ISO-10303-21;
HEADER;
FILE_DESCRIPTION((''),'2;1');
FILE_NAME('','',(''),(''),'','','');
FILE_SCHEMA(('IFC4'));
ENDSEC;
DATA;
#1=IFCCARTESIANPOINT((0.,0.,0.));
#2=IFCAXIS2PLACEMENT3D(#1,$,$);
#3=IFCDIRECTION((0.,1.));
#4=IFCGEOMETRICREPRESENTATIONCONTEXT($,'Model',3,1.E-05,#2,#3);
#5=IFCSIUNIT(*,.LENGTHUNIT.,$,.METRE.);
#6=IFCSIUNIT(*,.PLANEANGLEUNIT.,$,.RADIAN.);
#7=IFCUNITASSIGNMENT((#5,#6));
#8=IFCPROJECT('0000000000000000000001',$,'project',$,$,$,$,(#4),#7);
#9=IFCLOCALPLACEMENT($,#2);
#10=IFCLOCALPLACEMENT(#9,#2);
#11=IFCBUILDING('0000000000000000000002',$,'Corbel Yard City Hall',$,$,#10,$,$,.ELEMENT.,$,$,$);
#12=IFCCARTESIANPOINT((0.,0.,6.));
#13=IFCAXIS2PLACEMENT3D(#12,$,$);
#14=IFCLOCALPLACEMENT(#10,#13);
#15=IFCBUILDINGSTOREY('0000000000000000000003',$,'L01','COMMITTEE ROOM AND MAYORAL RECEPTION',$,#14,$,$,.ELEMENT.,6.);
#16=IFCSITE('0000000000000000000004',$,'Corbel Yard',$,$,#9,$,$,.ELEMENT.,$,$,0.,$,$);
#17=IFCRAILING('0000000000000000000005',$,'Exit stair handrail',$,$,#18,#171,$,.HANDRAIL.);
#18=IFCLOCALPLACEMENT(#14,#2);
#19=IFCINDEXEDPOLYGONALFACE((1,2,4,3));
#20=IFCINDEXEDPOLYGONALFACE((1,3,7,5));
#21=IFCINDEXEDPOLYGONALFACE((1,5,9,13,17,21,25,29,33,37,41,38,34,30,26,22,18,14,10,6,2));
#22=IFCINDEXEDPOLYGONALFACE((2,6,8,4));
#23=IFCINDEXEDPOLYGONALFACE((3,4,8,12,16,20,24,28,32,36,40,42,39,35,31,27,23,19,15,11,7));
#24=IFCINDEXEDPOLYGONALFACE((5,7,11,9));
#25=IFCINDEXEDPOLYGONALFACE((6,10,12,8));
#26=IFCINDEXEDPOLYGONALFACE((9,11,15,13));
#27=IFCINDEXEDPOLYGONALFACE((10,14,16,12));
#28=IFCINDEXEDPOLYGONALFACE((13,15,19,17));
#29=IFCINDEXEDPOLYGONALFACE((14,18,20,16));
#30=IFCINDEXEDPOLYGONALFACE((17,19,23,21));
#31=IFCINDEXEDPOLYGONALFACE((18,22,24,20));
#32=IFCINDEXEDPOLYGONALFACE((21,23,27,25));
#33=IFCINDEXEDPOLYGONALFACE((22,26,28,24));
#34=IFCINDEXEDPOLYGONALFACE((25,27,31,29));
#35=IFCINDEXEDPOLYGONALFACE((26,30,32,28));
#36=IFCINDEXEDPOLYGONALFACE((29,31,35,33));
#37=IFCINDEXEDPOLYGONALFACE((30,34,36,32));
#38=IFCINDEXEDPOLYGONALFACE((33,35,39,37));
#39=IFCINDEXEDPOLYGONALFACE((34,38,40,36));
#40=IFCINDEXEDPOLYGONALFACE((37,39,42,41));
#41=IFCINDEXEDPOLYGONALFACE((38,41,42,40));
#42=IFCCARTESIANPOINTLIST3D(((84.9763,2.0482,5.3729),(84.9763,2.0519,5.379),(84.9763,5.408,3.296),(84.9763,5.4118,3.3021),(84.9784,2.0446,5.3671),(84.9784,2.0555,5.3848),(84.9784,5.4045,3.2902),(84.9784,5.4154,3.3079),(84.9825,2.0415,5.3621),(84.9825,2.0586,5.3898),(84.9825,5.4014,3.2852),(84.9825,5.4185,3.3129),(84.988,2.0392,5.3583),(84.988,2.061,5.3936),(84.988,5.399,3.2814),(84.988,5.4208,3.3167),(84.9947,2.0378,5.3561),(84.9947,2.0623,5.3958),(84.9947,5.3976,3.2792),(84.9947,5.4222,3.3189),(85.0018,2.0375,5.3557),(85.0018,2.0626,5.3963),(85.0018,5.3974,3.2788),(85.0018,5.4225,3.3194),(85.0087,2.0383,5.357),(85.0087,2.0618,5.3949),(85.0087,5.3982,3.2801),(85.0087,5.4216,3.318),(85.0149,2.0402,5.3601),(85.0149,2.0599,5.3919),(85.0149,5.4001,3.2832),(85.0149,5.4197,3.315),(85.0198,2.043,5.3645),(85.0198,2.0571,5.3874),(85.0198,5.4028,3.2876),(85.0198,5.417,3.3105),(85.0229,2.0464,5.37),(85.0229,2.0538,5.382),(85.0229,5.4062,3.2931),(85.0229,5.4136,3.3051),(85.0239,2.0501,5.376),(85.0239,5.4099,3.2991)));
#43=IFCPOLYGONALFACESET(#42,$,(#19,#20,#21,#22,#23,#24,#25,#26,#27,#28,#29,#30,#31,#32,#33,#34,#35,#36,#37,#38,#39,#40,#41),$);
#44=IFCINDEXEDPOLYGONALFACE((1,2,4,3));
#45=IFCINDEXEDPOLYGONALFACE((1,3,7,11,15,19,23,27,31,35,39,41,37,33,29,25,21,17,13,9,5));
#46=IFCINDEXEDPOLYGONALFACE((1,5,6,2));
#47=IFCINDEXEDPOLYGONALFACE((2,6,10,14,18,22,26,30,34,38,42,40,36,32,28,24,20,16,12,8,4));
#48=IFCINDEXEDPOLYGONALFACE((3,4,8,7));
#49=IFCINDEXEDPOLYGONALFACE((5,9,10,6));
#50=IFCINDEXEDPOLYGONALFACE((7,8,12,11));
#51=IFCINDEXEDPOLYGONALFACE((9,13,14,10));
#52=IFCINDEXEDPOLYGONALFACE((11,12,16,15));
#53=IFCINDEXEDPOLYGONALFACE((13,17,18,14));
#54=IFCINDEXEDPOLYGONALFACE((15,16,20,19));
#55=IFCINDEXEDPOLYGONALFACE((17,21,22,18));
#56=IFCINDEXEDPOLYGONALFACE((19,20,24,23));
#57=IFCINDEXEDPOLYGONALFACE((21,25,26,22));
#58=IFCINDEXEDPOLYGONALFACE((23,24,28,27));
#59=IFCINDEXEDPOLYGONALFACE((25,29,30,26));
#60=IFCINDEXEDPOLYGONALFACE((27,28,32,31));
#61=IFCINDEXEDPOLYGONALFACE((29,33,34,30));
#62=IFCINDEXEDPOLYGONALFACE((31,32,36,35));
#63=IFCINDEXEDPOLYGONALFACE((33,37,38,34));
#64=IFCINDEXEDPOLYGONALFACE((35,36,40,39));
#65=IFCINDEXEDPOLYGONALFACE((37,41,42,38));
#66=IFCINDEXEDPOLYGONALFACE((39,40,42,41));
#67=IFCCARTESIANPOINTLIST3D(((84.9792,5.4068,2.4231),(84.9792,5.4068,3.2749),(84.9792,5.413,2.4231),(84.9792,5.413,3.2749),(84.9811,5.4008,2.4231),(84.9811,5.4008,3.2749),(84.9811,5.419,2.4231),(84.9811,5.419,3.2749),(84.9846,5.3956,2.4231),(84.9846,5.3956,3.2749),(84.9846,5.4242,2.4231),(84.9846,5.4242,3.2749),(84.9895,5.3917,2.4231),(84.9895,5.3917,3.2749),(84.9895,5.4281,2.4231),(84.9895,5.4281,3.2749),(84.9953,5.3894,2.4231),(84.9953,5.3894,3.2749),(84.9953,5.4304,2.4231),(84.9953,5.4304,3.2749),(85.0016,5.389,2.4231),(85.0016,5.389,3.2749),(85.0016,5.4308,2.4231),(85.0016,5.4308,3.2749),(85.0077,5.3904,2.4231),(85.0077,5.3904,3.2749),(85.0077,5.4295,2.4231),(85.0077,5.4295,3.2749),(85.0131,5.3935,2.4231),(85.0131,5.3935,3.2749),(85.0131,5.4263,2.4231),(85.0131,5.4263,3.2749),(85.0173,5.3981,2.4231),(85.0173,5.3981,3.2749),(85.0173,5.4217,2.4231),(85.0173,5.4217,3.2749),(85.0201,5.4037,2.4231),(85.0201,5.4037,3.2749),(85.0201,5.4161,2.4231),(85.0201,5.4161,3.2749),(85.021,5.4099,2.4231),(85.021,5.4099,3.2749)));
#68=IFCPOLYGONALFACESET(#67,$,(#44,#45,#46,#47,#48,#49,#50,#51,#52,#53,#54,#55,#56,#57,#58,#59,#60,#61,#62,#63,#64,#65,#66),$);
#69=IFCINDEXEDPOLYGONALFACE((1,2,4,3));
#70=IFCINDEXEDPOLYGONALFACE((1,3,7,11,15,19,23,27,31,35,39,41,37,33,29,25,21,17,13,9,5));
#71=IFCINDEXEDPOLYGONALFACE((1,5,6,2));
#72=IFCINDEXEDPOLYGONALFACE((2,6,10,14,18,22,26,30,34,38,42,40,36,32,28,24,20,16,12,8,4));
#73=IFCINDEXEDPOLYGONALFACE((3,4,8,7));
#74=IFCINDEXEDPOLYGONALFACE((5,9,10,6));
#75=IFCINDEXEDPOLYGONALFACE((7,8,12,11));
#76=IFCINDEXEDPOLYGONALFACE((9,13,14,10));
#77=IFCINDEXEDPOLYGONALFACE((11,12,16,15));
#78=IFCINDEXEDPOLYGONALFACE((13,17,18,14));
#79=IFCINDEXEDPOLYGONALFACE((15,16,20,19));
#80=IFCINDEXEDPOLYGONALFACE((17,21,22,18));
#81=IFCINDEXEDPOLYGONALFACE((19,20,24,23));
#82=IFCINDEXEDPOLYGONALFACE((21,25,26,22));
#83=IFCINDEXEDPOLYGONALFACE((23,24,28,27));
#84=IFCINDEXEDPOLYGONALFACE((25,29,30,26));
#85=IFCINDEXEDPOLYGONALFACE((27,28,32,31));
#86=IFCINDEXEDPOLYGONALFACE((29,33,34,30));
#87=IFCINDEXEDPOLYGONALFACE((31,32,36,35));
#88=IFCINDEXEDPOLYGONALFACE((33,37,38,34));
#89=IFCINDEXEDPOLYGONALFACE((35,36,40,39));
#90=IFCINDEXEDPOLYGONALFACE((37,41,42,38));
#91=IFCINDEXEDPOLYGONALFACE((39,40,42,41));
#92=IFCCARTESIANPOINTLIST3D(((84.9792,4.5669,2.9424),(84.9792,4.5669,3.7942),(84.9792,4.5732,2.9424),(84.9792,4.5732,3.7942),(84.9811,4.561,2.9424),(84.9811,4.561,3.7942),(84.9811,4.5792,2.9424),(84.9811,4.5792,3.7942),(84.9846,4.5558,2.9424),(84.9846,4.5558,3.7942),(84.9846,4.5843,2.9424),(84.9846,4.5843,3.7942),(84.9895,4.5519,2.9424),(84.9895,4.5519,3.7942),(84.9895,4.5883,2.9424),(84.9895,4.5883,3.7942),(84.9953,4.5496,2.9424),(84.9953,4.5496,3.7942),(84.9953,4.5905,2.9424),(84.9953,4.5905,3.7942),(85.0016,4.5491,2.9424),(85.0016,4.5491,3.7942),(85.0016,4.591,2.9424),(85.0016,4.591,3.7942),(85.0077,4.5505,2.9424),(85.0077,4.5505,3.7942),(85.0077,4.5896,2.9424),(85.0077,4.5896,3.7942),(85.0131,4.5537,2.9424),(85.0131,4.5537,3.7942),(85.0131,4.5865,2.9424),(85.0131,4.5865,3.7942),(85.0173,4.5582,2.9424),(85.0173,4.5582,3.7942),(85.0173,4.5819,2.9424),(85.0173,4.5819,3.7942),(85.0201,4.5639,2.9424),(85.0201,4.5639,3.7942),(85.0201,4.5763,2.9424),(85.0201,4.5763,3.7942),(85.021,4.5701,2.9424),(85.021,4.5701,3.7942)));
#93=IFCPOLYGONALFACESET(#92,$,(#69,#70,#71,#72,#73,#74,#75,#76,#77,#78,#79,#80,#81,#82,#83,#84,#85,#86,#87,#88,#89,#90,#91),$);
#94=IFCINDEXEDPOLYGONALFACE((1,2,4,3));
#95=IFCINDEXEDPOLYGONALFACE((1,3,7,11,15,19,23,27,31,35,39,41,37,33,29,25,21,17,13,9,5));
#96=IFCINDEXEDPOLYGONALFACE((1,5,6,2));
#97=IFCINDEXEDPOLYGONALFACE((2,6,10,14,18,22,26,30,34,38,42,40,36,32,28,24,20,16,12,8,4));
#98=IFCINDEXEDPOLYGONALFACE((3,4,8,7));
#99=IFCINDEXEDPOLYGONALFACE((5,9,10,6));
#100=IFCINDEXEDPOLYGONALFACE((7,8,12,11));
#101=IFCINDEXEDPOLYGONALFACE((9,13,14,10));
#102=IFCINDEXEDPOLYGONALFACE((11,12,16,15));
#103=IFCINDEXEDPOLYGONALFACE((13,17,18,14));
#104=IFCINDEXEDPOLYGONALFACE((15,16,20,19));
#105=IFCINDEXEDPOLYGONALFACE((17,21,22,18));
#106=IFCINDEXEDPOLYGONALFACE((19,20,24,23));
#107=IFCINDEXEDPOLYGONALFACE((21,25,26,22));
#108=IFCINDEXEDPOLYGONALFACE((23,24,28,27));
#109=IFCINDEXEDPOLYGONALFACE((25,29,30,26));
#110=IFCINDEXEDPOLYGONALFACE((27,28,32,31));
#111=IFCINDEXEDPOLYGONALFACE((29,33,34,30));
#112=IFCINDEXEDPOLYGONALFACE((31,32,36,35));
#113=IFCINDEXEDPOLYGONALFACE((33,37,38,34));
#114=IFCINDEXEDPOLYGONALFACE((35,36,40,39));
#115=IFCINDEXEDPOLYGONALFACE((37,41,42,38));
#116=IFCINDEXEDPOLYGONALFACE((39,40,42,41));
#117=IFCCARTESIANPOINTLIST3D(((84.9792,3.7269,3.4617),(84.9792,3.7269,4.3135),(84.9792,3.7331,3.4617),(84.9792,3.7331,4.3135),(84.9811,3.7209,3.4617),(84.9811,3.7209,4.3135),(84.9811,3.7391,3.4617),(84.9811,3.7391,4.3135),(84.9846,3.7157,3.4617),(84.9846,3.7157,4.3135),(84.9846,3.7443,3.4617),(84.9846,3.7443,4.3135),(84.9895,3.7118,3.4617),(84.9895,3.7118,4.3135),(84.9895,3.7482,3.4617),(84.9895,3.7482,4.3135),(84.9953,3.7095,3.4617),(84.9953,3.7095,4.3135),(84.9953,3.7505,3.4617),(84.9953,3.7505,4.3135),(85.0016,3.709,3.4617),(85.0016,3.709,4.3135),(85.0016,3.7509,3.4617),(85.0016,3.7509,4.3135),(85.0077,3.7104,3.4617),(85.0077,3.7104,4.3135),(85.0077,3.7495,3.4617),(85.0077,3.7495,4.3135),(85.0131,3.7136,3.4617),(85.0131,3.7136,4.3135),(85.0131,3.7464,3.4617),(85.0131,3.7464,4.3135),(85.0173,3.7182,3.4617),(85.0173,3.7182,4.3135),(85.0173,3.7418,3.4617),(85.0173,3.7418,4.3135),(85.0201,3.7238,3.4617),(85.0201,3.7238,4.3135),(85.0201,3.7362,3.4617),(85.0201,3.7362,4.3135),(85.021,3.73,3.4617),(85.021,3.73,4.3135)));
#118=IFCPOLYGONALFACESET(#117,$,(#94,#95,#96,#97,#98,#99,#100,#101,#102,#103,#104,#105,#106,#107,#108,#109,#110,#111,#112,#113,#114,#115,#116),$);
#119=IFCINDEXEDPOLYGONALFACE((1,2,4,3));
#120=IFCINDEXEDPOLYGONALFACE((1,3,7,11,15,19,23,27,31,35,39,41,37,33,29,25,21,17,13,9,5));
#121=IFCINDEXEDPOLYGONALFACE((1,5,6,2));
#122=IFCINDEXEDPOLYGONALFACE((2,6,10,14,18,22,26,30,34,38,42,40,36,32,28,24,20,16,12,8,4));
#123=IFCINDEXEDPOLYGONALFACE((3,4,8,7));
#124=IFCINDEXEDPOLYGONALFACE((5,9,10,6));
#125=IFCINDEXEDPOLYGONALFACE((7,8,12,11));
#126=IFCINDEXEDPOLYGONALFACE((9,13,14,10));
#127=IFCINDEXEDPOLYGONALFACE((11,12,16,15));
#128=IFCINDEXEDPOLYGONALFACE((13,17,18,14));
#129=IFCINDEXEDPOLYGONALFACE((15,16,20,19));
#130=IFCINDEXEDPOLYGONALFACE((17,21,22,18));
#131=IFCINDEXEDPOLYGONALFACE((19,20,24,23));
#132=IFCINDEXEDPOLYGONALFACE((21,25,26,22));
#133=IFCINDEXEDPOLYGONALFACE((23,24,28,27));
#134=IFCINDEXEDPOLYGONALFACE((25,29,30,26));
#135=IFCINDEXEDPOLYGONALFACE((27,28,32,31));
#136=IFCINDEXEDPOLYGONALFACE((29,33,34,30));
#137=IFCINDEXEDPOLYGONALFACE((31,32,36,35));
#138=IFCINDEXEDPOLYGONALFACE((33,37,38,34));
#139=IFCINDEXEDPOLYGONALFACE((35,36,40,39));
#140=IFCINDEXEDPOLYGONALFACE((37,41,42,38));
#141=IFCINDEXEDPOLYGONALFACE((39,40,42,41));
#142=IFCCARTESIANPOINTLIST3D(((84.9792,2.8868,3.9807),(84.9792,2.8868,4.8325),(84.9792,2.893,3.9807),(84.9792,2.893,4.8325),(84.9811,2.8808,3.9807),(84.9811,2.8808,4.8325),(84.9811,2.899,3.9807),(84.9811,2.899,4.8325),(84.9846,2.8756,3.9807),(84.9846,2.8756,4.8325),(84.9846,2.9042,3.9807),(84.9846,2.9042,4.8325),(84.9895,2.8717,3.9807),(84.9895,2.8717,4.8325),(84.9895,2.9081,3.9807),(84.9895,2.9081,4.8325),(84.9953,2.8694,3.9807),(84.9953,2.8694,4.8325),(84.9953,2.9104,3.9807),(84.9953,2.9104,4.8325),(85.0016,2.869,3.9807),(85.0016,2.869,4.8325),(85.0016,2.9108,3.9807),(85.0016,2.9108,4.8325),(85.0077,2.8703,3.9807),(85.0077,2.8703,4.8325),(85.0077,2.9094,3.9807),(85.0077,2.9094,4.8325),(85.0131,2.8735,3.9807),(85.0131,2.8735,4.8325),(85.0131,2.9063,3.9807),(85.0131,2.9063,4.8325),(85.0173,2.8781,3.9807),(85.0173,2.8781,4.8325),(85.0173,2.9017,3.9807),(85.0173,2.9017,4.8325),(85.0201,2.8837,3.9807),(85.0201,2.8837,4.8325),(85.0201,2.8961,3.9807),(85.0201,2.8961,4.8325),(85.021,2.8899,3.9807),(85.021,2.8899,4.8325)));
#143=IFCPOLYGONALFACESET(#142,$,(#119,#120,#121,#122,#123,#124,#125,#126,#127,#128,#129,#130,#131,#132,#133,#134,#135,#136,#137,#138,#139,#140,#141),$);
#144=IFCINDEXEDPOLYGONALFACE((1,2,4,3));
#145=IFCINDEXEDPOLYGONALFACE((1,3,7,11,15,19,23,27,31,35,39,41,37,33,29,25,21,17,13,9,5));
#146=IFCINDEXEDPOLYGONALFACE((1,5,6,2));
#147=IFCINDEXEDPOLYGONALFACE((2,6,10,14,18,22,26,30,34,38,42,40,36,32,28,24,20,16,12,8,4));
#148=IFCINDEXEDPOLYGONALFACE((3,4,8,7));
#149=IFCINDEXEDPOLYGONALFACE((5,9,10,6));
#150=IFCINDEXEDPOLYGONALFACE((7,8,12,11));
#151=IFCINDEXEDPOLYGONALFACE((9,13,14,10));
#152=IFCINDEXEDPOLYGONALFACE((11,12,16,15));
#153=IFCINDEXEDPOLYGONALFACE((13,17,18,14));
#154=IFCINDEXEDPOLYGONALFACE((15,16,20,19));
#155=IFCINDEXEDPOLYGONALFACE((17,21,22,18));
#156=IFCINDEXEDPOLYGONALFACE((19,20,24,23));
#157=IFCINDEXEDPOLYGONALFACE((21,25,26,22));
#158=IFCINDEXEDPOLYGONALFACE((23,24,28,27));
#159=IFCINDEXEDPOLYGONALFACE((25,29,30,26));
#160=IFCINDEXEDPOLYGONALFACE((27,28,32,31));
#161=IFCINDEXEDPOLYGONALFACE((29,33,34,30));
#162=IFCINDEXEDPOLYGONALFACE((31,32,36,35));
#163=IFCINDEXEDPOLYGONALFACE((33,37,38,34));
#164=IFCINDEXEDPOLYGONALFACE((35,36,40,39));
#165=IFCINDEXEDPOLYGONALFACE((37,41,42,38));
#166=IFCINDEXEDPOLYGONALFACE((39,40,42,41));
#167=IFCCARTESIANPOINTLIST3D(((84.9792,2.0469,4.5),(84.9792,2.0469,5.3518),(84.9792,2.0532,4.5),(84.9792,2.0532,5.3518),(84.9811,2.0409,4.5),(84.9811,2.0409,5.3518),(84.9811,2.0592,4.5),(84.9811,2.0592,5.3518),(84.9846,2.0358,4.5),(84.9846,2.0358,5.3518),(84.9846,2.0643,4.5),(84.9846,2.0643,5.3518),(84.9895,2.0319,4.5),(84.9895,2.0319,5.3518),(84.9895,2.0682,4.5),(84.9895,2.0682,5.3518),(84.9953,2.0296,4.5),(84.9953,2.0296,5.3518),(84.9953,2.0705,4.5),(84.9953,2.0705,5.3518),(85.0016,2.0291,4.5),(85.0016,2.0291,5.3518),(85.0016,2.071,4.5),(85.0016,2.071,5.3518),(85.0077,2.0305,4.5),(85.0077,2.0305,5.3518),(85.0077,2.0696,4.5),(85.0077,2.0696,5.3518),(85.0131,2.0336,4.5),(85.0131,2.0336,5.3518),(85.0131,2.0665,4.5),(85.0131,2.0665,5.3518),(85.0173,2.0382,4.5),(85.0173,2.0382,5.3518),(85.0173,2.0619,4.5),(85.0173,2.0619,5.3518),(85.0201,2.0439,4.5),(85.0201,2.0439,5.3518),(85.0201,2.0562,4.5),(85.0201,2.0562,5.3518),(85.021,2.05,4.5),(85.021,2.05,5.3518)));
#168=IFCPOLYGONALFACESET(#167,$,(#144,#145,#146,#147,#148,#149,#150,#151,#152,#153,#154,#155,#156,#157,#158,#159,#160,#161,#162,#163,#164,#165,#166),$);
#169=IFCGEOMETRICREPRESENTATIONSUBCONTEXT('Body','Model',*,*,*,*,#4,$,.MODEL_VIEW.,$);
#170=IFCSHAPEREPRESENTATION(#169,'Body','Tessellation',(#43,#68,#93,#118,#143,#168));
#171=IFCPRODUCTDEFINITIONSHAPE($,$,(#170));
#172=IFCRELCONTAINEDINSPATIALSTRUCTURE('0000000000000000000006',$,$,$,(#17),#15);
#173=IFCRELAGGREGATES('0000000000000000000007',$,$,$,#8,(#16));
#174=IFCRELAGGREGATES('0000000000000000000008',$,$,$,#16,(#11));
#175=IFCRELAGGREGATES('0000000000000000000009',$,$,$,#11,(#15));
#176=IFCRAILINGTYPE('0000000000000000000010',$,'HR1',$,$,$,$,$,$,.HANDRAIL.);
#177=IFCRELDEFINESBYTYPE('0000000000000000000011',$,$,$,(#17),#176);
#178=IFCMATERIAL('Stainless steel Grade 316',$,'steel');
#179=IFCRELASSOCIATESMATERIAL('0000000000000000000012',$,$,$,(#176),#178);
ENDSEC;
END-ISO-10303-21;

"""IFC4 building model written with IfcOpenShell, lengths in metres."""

from ifc_helpers import new_model, si_unit, direction, frame, origin, origin_2d, place, context, subcontext, project, spatial, circle, extrude, material, type_object, element, save


model = new_model("IFC4")

# Units and contexts
model_context = context("Model", 3, precision=1e-05, world=origin(), true_north=direction((0.0, 1.0)))
body_context = subcontext(model_context, "Body", "Model", "MODEL_VIEW")
ifc_project = project(units=[si_unit("LENGTHUNIT", "METRE"), si_unit("PLANEANGLEUNIT", "RADIAN")], contexts=[model_context])

# Site, building, storey
site_placement = place(None, origin())
site = spatial("IfcSite", under=ifc_project, at=site_placement, Name="Corbel Yard", CompositionType="ELEMENT", RefElevation=0.0)
building_placement = place(site_placement, origin())
building = spatial("IfcBuilding", under=site, at=building_placement, Name="Corbel Yard City Hall", CompositionType="ELEMENT")
storey_placement = place(building_placement, frame((0.0, 0.0, 6.0)))
storey = spatial("IfcBuildingStorey", under=building, at=storey_placement, Name="L01", Description="COMMITTEE ROOM AND MAYORAL RECEPTION", CompositionType="ELEMENT", Elevation=6.0)

# Shared definitions
ifc_material_1 = material(Name="Stainless steel Grade 316", Category="steel")

# Railing
railing_type_1 = type_object("IfcRailingType", Name="HR1", PredefinedType="HANDRAIL", material=ifc_material_1)
for number, where, name in (
    (1, (85.0, 5.4099, 2.4231), "Exit stair handrail"),
):
    element("IfcRailing", number, at=place(storey_placement, frame(where)), inside=storey, type_object=railing_type_1, Name=name, PredefinedType="HANDRAIL", context=body_context, shape_type="SweptSolid", body=[
        extrude(circle(Radius=0.0239, at=origin_2d()), frame((0.0, 0.0, 0.876), z_axis=(0.0, -0.850606, 0.525803), x_axis=(1.0, 0.0, 0.0)), (0.0, 0.0, 1.0), 3.95),
        extrude(circle(Radius=0.021, at=origin_2d()), origin(), (0.0, 0.0, 1.0), 0.8518),
        extrude(circle(Radius=0.021, at=origin_2d()), frame((0.0, -0.8398, 0.5193)), (0.0, 0.0, 1.0), 0.8518),
        extrude(circle(Radius=0.021, at=origin_2d()), frame((0.0, -1.6799, 1.0386)), (0.0, 0.0, 1.0), 0.8518),
        extrude(circle(Radius=0.021, at=origin_2d()), frame((0.0, -2.52, 1.5576)), (0.0, 0.0, 1.0), 0.8518),
        extrude(circle(Radius=0.021, at=origin_2d()), frame((0.0, -3.3599, 2.0769)), (0.0, 0.0, 1.0), 0.8518),
    ])

save(model, "model.ifc")
